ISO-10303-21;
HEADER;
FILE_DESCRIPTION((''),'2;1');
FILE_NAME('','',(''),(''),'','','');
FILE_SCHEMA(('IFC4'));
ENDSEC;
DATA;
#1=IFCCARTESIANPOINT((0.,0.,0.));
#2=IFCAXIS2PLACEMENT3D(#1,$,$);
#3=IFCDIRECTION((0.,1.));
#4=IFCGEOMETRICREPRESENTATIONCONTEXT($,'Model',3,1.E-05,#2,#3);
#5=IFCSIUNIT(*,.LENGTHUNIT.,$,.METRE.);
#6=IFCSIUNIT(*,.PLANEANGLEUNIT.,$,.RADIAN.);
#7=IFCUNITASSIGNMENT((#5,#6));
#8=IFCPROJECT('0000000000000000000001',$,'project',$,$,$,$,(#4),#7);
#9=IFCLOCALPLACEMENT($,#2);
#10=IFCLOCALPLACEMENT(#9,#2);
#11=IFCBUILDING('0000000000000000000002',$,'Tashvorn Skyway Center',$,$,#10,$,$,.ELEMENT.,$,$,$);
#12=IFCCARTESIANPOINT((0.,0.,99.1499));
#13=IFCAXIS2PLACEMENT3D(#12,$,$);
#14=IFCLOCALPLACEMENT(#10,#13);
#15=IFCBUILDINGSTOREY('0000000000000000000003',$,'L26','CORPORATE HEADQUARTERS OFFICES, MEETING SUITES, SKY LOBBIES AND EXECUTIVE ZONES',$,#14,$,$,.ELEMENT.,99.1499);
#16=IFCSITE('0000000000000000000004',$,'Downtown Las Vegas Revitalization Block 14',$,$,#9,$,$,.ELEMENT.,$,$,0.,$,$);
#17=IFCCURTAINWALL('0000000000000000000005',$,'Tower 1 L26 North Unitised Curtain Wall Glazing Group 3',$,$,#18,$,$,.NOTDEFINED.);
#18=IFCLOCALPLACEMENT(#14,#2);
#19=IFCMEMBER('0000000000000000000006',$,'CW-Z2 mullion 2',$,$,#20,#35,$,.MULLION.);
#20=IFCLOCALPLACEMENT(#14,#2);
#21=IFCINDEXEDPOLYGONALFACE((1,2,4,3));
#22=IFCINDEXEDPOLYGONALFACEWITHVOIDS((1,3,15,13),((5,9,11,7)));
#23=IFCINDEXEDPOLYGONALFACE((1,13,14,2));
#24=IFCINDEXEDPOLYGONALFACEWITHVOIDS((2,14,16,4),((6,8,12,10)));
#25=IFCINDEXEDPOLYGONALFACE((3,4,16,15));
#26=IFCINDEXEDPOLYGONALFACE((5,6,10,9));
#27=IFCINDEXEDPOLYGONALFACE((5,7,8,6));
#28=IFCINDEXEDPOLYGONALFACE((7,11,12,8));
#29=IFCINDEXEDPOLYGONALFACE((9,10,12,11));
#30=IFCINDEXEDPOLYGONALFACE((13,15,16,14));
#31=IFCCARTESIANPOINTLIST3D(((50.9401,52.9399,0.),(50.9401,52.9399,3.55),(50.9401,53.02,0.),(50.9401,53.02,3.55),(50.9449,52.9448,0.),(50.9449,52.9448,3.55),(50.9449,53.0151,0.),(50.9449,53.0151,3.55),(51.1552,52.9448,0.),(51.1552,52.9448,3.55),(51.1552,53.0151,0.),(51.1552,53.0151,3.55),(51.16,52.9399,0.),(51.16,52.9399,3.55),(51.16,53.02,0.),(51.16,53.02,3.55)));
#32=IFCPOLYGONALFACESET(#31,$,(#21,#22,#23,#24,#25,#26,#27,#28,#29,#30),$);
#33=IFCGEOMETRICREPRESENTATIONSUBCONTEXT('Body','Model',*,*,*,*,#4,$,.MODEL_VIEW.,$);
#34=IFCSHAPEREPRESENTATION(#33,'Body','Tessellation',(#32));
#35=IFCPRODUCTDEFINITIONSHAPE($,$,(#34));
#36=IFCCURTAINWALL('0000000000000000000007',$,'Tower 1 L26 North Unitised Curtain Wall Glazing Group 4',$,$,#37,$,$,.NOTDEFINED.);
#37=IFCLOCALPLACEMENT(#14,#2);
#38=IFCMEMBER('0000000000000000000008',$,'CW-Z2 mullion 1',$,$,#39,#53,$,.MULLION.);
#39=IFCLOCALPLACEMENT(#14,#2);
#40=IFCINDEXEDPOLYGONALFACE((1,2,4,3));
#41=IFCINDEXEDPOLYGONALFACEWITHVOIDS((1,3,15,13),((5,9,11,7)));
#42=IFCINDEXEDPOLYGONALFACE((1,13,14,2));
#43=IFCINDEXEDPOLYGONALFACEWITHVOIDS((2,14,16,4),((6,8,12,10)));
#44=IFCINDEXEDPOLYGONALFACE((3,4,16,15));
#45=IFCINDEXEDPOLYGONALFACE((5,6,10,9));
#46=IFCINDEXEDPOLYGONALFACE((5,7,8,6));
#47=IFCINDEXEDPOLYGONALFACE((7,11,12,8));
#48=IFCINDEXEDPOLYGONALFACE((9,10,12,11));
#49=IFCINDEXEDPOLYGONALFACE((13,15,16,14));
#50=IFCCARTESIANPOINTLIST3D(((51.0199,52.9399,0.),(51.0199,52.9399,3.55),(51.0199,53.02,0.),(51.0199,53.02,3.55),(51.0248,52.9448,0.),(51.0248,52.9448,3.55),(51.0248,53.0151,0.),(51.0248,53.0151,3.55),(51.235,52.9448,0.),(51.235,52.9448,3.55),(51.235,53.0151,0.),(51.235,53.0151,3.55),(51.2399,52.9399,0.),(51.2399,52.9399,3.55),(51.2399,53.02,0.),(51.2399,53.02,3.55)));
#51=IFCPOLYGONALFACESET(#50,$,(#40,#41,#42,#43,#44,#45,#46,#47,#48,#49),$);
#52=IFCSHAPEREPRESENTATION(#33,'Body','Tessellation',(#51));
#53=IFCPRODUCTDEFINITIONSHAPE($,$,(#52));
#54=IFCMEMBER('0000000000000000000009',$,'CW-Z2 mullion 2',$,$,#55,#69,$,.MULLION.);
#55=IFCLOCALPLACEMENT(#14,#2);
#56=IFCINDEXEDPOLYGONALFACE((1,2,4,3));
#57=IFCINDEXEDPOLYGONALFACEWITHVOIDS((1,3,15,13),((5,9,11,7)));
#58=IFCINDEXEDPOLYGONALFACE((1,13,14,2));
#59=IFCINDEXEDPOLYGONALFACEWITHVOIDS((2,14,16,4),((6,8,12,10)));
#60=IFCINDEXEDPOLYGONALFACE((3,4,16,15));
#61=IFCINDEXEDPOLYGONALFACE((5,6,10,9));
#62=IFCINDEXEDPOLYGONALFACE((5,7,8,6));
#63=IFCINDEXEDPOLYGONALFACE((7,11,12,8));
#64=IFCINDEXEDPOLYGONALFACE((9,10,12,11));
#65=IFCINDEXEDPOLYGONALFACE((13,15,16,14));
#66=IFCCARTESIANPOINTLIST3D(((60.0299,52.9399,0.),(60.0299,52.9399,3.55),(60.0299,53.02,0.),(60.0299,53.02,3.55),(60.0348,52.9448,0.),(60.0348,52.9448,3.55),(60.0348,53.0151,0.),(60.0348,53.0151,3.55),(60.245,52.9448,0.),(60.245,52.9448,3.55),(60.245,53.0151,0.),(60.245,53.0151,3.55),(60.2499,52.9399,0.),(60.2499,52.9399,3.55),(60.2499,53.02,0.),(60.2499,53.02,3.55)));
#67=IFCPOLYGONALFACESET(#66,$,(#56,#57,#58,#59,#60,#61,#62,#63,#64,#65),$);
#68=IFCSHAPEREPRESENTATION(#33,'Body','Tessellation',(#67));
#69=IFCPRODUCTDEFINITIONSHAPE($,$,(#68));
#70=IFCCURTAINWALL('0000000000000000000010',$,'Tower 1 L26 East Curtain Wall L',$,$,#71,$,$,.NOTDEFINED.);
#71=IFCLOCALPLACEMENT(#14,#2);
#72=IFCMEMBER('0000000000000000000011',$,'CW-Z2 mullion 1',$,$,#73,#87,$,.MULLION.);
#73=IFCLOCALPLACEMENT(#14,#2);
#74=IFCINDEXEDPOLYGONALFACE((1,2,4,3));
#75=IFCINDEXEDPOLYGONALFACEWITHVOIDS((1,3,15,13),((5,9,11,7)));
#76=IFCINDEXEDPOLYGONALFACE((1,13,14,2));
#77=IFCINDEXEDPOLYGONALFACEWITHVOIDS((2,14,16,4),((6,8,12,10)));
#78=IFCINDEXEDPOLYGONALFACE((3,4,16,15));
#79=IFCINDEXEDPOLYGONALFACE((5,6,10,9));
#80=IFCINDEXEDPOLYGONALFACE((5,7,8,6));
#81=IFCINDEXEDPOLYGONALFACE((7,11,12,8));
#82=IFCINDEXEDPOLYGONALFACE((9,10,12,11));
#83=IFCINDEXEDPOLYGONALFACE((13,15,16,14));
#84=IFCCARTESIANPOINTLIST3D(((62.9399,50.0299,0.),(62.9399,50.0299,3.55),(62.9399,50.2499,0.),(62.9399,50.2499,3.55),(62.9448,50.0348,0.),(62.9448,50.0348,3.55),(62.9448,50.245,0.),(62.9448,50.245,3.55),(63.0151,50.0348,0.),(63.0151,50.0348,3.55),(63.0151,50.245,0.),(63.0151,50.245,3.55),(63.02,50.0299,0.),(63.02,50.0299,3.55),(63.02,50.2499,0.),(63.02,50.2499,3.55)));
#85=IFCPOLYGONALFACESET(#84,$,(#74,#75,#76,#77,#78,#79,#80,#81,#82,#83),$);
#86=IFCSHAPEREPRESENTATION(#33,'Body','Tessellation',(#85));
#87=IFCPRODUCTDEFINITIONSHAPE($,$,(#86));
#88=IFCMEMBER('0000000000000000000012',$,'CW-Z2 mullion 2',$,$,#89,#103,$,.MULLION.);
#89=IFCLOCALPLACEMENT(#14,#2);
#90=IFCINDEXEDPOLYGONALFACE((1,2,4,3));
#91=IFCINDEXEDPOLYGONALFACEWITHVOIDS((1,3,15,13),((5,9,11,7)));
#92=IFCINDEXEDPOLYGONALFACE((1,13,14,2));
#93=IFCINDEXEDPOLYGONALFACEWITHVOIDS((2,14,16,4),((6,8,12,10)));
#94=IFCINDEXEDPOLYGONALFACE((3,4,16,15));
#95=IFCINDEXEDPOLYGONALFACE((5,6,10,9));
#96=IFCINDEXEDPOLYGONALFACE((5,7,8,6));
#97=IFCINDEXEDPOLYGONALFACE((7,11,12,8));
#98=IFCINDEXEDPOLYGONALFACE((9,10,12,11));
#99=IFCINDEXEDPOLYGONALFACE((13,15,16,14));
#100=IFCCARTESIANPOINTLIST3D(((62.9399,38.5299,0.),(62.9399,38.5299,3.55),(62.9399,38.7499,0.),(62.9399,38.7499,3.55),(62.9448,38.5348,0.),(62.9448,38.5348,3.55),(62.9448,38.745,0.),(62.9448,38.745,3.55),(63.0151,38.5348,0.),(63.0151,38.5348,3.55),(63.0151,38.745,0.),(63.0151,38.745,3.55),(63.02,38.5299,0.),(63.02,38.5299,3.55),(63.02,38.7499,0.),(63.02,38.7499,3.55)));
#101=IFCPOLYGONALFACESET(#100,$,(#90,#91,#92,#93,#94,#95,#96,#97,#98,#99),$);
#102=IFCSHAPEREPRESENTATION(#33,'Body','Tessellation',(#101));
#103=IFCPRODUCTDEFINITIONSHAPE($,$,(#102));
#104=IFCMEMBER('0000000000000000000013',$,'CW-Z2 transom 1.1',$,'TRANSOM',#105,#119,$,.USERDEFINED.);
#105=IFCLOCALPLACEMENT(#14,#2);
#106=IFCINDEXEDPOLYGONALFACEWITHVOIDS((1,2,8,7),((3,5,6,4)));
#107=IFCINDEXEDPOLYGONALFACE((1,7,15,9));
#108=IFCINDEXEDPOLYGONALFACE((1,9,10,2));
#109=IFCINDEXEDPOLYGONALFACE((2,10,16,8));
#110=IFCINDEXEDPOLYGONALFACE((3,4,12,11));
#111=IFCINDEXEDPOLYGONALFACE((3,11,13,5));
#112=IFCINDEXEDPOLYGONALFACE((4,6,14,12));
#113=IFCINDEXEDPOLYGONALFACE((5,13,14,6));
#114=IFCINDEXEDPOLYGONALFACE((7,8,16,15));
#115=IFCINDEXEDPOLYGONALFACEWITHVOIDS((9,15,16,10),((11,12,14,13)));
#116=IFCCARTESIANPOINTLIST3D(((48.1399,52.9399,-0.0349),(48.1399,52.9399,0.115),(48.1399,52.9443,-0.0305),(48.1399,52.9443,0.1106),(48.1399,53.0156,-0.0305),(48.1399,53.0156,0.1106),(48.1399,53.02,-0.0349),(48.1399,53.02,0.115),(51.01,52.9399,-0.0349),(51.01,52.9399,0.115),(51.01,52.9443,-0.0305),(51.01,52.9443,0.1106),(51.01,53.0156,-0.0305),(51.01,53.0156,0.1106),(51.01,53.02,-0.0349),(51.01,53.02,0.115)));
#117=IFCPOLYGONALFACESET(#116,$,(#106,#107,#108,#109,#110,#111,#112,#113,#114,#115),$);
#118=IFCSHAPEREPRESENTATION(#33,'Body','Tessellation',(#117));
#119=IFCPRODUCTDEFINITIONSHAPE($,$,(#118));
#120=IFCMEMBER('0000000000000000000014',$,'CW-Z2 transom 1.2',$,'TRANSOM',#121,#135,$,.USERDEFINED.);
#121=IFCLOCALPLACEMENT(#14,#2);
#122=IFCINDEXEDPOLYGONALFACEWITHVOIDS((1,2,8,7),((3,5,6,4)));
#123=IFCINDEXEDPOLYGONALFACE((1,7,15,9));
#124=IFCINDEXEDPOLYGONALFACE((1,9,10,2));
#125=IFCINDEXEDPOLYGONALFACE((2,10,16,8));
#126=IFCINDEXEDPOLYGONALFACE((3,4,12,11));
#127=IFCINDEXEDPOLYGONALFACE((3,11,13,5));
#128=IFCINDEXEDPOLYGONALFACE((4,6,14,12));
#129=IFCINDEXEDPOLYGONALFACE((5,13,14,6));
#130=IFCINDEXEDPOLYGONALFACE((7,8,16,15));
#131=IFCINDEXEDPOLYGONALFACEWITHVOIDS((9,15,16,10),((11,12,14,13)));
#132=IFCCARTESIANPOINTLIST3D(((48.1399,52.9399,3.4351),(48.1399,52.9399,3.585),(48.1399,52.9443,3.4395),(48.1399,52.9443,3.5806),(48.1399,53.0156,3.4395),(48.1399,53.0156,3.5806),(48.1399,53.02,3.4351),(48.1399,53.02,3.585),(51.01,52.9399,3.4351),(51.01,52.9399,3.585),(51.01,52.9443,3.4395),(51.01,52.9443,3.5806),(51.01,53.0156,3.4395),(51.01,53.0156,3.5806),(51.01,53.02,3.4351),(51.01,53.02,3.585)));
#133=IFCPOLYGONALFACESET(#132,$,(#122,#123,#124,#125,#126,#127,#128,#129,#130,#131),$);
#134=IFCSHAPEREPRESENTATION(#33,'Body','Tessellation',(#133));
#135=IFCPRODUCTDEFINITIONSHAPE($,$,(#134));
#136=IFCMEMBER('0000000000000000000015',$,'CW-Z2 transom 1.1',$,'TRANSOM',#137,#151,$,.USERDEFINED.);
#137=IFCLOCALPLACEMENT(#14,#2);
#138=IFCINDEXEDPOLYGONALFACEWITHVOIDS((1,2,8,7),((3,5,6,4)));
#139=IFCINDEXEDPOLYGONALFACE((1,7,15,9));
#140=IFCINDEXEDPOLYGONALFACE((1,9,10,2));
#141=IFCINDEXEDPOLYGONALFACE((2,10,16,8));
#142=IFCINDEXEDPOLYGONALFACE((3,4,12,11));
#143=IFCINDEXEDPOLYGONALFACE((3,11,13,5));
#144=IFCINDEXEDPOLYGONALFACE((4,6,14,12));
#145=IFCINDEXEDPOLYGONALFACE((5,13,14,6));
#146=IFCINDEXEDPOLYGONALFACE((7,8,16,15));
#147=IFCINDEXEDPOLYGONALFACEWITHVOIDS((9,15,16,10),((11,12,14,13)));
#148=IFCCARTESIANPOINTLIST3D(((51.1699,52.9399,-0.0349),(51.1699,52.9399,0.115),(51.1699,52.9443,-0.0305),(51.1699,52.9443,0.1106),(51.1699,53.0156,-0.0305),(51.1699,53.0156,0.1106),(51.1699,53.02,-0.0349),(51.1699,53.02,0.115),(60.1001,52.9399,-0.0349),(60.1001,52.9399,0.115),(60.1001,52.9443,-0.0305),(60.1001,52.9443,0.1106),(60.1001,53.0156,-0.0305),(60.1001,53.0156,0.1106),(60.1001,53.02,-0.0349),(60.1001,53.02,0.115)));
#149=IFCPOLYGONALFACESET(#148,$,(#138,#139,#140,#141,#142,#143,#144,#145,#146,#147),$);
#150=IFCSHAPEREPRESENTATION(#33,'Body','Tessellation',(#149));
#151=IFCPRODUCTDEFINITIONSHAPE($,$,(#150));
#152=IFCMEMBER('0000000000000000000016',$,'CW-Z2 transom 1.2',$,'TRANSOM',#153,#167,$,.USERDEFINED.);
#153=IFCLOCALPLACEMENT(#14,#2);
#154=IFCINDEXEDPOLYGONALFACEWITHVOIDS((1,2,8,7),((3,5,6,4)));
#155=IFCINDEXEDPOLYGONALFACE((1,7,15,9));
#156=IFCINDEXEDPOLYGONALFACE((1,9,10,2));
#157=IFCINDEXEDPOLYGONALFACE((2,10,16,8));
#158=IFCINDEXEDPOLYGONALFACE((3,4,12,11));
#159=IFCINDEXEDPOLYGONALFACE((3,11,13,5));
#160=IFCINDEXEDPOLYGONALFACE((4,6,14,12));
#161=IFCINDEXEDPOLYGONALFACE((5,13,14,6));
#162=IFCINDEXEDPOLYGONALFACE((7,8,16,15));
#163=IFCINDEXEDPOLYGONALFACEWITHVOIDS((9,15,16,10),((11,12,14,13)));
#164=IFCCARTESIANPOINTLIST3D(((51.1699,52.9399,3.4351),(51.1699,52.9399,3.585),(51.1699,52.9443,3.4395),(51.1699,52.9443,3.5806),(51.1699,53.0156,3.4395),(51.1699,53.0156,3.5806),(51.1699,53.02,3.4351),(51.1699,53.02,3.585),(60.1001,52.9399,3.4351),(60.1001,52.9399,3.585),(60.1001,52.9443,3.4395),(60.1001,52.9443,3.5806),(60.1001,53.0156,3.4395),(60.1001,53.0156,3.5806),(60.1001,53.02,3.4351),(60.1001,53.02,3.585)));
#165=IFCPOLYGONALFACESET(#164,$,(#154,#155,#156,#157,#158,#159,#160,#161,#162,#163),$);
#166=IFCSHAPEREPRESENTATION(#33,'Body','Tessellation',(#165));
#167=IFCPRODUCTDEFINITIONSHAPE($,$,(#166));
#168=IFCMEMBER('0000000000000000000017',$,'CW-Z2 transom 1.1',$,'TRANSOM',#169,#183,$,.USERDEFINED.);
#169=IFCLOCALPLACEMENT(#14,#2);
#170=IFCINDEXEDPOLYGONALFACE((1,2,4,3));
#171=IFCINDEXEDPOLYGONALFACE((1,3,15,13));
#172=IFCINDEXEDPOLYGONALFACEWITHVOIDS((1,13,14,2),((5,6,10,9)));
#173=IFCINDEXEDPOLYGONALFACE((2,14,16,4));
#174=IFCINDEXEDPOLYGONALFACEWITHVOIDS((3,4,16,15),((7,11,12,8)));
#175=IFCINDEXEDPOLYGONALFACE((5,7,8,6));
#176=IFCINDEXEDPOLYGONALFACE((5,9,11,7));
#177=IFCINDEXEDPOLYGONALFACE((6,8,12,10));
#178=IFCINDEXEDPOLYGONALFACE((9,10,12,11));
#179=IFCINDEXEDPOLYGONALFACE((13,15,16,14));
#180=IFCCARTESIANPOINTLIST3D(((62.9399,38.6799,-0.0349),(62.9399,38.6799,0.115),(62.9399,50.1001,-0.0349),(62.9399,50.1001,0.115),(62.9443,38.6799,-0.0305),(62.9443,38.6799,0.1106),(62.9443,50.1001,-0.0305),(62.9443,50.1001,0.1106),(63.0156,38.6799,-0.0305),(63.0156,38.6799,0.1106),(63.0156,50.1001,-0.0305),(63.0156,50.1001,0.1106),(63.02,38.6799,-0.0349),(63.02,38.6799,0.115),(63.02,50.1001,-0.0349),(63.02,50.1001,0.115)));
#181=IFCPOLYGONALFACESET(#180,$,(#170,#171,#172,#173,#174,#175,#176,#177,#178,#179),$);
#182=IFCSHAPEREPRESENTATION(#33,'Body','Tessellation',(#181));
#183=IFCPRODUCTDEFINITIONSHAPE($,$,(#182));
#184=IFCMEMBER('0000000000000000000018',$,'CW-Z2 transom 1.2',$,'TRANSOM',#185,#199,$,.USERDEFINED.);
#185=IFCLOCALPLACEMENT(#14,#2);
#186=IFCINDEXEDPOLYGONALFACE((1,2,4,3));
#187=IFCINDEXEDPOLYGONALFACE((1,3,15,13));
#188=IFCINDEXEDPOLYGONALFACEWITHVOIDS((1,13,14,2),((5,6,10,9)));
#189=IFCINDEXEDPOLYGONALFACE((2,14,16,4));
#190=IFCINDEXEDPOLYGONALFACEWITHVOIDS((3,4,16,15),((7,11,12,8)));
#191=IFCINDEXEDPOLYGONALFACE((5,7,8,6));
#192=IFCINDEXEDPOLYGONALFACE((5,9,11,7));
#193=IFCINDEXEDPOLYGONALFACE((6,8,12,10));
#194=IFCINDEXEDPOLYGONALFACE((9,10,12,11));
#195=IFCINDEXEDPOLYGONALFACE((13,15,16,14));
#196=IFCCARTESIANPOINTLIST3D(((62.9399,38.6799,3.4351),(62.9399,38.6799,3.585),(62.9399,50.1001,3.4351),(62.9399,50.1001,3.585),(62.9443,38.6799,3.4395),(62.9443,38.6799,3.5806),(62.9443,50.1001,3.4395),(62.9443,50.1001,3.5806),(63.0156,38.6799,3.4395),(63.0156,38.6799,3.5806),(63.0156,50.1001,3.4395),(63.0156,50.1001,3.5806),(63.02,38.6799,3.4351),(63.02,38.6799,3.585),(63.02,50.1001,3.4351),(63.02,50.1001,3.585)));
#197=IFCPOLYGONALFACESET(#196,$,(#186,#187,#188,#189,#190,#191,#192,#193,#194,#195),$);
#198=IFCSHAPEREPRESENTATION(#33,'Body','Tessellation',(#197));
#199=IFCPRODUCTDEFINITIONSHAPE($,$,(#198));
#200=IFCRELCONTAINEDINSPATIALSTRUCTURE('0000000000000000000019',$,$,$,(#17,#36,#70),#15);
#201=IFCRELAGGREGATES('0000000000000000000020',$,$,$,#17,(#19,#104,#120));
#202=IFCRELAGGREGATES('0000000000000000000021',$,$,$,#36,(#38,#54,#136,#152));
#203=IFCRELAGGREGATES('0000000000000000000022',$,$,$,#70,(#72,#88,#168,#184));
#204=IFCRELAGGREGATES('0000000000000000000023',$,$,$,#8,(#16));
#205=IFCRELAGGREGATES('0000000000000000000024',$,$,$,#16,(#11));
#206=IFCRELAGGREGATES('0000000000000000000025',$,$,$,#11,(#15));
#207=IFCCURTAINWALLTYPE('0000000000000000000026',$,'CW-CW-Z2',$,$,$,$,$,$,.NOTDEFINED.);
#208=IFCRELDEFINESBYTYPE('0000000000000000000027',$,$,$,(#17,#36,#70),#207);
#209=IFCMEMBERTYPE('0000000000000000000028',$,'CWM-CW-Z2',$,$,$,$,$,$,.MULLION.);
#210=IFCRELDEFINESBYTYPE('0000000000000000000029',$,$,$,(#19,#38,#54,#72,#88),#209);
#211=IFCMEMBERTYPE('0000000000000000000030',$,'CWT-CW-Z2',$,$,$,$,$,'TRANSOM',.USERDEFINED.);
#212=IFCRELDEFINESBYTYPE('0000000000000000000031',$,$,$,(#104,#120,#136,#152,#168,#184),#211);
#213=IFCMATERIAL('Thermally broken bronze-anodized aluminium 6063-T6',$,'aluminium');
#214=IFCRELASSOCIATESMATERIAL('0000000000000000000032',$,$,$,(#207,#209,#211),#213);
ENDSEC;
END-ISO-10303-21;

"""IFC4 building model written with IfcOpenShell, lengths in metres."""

from ifc_helpers import new_model, si_unit, direction, frame, origin, origin_2d, place, context, subcontext, project, spatial, hollow_rectangle, extrude, material, material_profile, profile_set, type_object, element, aggregate, save


model = new_model("IFC4")

# Units and contexts
model_context = context("Model", 3, precision=1e-05, world=origin(), true_north=direction((0.0, 1.0)))
body_context = subcontext(model_context, "Body", "Model", "MODEL_VIEW")
ifc_project = project(units=[si_unit("LENGTHUNIT", "METRE"), si_unit("PLANEANGLEUNIT", "RADIAN")], contexts=[model_context])

# Site, building, storey
site_placement = place(None, origin())
site = spatial("IfcSite", under=ifc_project, at=site_placement, Name="Downtown Las Vegas Revitalization Block 14", CompositionType="ELEMENT", RefElevation=0.0)
building_placement = place(site_placement, origin())
building = spatial("IfcBuilding", under=site, at=building_placement, Name="Tashvorn Skyway Center", CompositionType="ELEMENT")
storey_placement = place(building_placement, frame((0.0, 0.0, 99.1499)))
storey = spatial("IfcBuildingStorey", under=building, at=storey_placement, Name="L26", Description="CORPORATE HEADQUARTERS OFFICES, MEETING SUITES, SKY LOBBIES AND EXECUTIVE ZONES", CompositionType="ELEMENT", Elevation=99.1499)

# Curtain walls, members
ifc_material_1 = material(Name="Thermally broken bronze-anodized aluminium 6063-T6", Category="aluminium")
curtain_wall_type = type_object("IfcCurtainWallType", Name="CW-CW-Z2", PredefinedType="NOTDEFINED", material=ifc_material_1)
curtain_wall_1_placement = place(storey_placement, origin())
curtain_wall_1 = element("IfcCurtainWall", 1, at=curtain_wall_1_placement, inside=storey, type_object=curtain_wall_type, Name="Tower 1 L26 North Unitised Curtain Wall Glazing Group 3", PredefinedType="NOTDEFINED")
ifc_material_profile_1 = material_profile(ifc_material_1, hollow_rectangle(XDim=0.0801, YDim=0.22, WallThickness=0.0049, at=origin_2d()), Name="ALU-MULL-80x220")
ifc_profile_set_1 = profile_set([ifc_material_profile_1], Name="Thermally broken bronze-anodized aluminium 6063-T6")
member_type_1 = type_object("IfcMemberType", Name="CWM-CW-Z2", PredefinedType="MULLION", material=ifc_profile_set_1)
member_1_placement = place(storey_placement, frame((51.05, 52.98, 0.0), z_axis=(0.0, 0.0, 1.0), x_axis=(0.0, 1.0, 0.0)))
member_1 = element("IfcMember", 2, at=member_1_placement, type_object=member_type_1, Name="CW-Z2 mullion 2", PredefinedType="MULLION", context=body_context, shape_type="SweptSolid", body=[
    extrude(hollow_rectangle(XDim=0.0801, YDim=0.22, WallThickness=0.0049, at=origin_2d()), origin(), (0.0, 0.0, 1.0), 3.55),
])
curtain_wall_2_placement = place(storey_placement, origin())
curtain_wall_2 = element("IfcCurtainWall", 3, at=curtain_wall_2_placement, inside=storey, type_object=curtain_wall_type, Name="Tower 1 L26 North Unitised Curtain Wall Glazing Group 4", PredefinedType="NOTDEFINED")
member_2_placement = place(storey_placement, frame((51.1299, 52.98, 0.0), z_axis=(0.0, 0.0, 1.0), x_axis=(0.0, 1.0, 0.0)))
member_2 = element("IfcMember", 4, at=member_2_placement, type_object=member_type_1, Name="CW-Z2 mullion 1", PredefinedType="MULLION", context=body_context, shape_type="SweptSolid", body=[
    extrude(hollow_rectangle(XDim=0.0801, YDim=0.22, WallThickness=0.0049, at=origin_2d()), origin(), (0.0, 0.0, 1.0), 3.55),
])
member_3_placement = place(storey_placement, frame((60.1399, 52.98, 0.0), z_axis=(0.0, 0.0, 1.0), x_axis=(0.0, 1.0, 0.0)))
member_3 = element("IfcMember", 5, at=member_3_placement, type_object=member_type_1, Name="CW-Z2 mullion 2", PredefinedType="MULLION", context=body_context, shape_type="SweptSolid", body=[
    extrude(hollow_rectangle(XDim=0.0801, YDim=0.22, WallThickness=0.0049, at=origin_2d()), origin(), (0.0, 0.0, 1.0), 3.55),
])
curtain_wall_3_placement = place(storey_placement, origin())
curtain_wall_3 = element("IfcCurtainWall", 6, at=curtain_wall_3_placement, inside=storey, type_object=curtain_wall_type, Name="Tower 1 L26 East Curtain Wall L", PredefinedType="NOTDEFINED")
member_4_placement = place(storey_placement, frame((62.98, 50.1399, 0.0), z_axis=(0.0, 0.0, 1.0), x_axis=(1.0, 0.0, 0.0)))
member_4 = element("IfcMember", 7, at=member_4_placement, type_object=member_type_1, Name="CW-Z2 mullion 1", PredefinedType="MULLION", context=body_context, shape_type="SweptSolid", body=[
    extrude(hollow_rectangle(XDim=0.0801, YDim=0.22, WallThickness=0.0049, at=origin_2d()), origin(), (0.0, 0.0, 1.0), 3.55),
])
member_5_placement = place(storey_placement, frame((62.98, 38.6399, 0.0), z_axis=(0.0, 0.0, 1.0), x_axis=(1.0, 0.0, 0.0)))
member_5 = element("IfcMember", 8, at=member_5_placement, type_object=member_type_1, Name="CW-Z2 mullion 2", PredefinedType="MULLION", context=body_context, shape_type="SweptSolid", body=[
    extrude(hollow_rectangle(XDim=0.0801, YDim=0.22, WallThickness=0.0049, at=origin_2d()), origin(), (0.0, 0.0, 1.0), 3.55),
])

# Members
ifc_material_profile_2 = material_profile(ifc_material_1, hollow_rectangle(XDim=0.0801, YDim=0.1499, WallThickness=0.0044, at=origin_2d()), Name="ALU-TRAN-80x150")
ifc_profile_set_2 = profile_set([ifc_material_profile_2], Name="Thermally broken bronze-anodized aluminium 6063-T6")
member_type_2 = type_object("IfcMemberType", Name="CWT-CW-Z2", ElementType="TRANSOM", PredefinedType="USERDEFINED", material=ifc_profile_set_2)
member_6_placement = place(storey_placement, frame((48.1399, 52.98, 0.04), z_axis=(1.0, 0.0, 0.0), x_axis=(0.0, 1.0, 0.0)))
member_6 = element("IfcMember", 9, at=member_6_placement, type_object=member_type_2, Name="CW-Z2 transom 1.1", ObjectType="TRANSOM", PredefinedType="USERDEFINED", context=body_context, shape_type="SweptSolid", body=[
    extrude(hollow_rectangle(XDim=0.0801, YDim=0.1499, WallThickness=0.0044, at=origin_2d()), origin(), (0.0, 0.0, 1.0), 2.8701),
])
member_7_placement = place(storey_placement, frame((48.1399, 52.98, 3.51), z_axis=(1.0, 0.0, 0.0), x_axis=(0.0, 1.0, 0.0)))
member_7 = element("IfcMember", 10, at=member_7_placement, type_object=member_type_2, Name="CW-Z2 transom 1.2", ObjectType="TRANSOM", PredefinedType="USERDEFINED", context=body_context, shape_type="SweptSolid", body=[
    extrude(hollow_rectangle(XDim=0.0801, YDim=0.1499, WallThickness=0.0044, at=origin_2d()), origin(), (0.0, 0.0, 1.0), 2.8701),
])
member_8_placement = place(storey_placement, frame((51.1699, 52.98, 0.04), z_axis=(1.0, 0.0, 0.0), x_axis=(0.0, 1.0, 0.0)))
member_8 = element("IfcMember", 11, at=member_8_placement, type_object=member_type_2, Name="CW-Z2 transom 1.1", ObjectType="TRANSOM", PredefinedType="USERDEFINED", context=body_context, shape_type="SweptSolid", body=[
    extrude(hollow_rectangle(XDim=0.0801, YDim=0.1499, WallThickness=0.0044, at=origin_2d()), origin(), (0.0, 0.0, 1.0), 8.9302),
])
member_9_placement = place(storey_placement, frame((51.1699, 52.98, 3.51), z_axis=(1.0, 0.0, 0.0), x_axis=(0.0, 1.0, 0.0)))
member_9 = element("IfcMember", 12, at=member_9_placement, type_object=member_type_2, Name="CW-Z2 transom 1.2", ObjectType="TRANSOM", PredefinedType="USERDEFINED", context=body_context, shape_type="SweptSolid", body=[
    extrude(hollow_rectangle(XDim=0.0801, YDim=0.1499, WallThickness=0.0044, at=origin_2d()), origin(), (0.0, 0.0, 1.0), 8.9302),
])
member_10_placement = place(storey_placement, frame((62.98, 50.1001, 0.04), z_axis=(0.0, -1.0, 0.0), x_axis=(1.0, 0.0, 0.0)))
member_10 = element("IfcMember", 13, at=member_10_placement, type_object=member_type_2, Name="CW-Z2 transom 1.1", ObjectType="TRANSOM", PredefinedType="USERDEFINED", context=body_context, shape_type="SweptSolid", body=[
    extrude(hollow_rectangle(XDim=0.0801, YDim=0.1499, WallThickness=0.0044, at=origin_2d()), origin(), (0.0, 0.0, 1.0), 11.4202),
])
member_11_placement = place(storey_placement, frame((62.98, 50.1001, 3.51), z_axis=(0.0, -1.0, 0.0), x_axis=(1.0, 0.0, 0.0)))
member_11 = element("IfcMember", 14, at=member_11_placement, type_object=member_type_2, Name="CW-Z2 transom 1.2", ObjectType="TRANSOM", PredefinedType="USERDEFINED", context=body_context, shape_type="SweptSolid", body=[
    extrude(hollow_rectangle(XDim=0.0801, YDim=0.1499, WallThickness=0.0044, at=origin_2d()), origin(), (0.0, 0.0, 1.0), 11.4202),
])

aggregate(curtain_wall_1, [member_1, member_6, member_7])
aggregate(curtain_wall_2, [member_2, member_3, member_8, member_9])
aggregate(curtain_wall_3, [member_4, member_5, member_10, member_11])

save(model, "model.ifc")
